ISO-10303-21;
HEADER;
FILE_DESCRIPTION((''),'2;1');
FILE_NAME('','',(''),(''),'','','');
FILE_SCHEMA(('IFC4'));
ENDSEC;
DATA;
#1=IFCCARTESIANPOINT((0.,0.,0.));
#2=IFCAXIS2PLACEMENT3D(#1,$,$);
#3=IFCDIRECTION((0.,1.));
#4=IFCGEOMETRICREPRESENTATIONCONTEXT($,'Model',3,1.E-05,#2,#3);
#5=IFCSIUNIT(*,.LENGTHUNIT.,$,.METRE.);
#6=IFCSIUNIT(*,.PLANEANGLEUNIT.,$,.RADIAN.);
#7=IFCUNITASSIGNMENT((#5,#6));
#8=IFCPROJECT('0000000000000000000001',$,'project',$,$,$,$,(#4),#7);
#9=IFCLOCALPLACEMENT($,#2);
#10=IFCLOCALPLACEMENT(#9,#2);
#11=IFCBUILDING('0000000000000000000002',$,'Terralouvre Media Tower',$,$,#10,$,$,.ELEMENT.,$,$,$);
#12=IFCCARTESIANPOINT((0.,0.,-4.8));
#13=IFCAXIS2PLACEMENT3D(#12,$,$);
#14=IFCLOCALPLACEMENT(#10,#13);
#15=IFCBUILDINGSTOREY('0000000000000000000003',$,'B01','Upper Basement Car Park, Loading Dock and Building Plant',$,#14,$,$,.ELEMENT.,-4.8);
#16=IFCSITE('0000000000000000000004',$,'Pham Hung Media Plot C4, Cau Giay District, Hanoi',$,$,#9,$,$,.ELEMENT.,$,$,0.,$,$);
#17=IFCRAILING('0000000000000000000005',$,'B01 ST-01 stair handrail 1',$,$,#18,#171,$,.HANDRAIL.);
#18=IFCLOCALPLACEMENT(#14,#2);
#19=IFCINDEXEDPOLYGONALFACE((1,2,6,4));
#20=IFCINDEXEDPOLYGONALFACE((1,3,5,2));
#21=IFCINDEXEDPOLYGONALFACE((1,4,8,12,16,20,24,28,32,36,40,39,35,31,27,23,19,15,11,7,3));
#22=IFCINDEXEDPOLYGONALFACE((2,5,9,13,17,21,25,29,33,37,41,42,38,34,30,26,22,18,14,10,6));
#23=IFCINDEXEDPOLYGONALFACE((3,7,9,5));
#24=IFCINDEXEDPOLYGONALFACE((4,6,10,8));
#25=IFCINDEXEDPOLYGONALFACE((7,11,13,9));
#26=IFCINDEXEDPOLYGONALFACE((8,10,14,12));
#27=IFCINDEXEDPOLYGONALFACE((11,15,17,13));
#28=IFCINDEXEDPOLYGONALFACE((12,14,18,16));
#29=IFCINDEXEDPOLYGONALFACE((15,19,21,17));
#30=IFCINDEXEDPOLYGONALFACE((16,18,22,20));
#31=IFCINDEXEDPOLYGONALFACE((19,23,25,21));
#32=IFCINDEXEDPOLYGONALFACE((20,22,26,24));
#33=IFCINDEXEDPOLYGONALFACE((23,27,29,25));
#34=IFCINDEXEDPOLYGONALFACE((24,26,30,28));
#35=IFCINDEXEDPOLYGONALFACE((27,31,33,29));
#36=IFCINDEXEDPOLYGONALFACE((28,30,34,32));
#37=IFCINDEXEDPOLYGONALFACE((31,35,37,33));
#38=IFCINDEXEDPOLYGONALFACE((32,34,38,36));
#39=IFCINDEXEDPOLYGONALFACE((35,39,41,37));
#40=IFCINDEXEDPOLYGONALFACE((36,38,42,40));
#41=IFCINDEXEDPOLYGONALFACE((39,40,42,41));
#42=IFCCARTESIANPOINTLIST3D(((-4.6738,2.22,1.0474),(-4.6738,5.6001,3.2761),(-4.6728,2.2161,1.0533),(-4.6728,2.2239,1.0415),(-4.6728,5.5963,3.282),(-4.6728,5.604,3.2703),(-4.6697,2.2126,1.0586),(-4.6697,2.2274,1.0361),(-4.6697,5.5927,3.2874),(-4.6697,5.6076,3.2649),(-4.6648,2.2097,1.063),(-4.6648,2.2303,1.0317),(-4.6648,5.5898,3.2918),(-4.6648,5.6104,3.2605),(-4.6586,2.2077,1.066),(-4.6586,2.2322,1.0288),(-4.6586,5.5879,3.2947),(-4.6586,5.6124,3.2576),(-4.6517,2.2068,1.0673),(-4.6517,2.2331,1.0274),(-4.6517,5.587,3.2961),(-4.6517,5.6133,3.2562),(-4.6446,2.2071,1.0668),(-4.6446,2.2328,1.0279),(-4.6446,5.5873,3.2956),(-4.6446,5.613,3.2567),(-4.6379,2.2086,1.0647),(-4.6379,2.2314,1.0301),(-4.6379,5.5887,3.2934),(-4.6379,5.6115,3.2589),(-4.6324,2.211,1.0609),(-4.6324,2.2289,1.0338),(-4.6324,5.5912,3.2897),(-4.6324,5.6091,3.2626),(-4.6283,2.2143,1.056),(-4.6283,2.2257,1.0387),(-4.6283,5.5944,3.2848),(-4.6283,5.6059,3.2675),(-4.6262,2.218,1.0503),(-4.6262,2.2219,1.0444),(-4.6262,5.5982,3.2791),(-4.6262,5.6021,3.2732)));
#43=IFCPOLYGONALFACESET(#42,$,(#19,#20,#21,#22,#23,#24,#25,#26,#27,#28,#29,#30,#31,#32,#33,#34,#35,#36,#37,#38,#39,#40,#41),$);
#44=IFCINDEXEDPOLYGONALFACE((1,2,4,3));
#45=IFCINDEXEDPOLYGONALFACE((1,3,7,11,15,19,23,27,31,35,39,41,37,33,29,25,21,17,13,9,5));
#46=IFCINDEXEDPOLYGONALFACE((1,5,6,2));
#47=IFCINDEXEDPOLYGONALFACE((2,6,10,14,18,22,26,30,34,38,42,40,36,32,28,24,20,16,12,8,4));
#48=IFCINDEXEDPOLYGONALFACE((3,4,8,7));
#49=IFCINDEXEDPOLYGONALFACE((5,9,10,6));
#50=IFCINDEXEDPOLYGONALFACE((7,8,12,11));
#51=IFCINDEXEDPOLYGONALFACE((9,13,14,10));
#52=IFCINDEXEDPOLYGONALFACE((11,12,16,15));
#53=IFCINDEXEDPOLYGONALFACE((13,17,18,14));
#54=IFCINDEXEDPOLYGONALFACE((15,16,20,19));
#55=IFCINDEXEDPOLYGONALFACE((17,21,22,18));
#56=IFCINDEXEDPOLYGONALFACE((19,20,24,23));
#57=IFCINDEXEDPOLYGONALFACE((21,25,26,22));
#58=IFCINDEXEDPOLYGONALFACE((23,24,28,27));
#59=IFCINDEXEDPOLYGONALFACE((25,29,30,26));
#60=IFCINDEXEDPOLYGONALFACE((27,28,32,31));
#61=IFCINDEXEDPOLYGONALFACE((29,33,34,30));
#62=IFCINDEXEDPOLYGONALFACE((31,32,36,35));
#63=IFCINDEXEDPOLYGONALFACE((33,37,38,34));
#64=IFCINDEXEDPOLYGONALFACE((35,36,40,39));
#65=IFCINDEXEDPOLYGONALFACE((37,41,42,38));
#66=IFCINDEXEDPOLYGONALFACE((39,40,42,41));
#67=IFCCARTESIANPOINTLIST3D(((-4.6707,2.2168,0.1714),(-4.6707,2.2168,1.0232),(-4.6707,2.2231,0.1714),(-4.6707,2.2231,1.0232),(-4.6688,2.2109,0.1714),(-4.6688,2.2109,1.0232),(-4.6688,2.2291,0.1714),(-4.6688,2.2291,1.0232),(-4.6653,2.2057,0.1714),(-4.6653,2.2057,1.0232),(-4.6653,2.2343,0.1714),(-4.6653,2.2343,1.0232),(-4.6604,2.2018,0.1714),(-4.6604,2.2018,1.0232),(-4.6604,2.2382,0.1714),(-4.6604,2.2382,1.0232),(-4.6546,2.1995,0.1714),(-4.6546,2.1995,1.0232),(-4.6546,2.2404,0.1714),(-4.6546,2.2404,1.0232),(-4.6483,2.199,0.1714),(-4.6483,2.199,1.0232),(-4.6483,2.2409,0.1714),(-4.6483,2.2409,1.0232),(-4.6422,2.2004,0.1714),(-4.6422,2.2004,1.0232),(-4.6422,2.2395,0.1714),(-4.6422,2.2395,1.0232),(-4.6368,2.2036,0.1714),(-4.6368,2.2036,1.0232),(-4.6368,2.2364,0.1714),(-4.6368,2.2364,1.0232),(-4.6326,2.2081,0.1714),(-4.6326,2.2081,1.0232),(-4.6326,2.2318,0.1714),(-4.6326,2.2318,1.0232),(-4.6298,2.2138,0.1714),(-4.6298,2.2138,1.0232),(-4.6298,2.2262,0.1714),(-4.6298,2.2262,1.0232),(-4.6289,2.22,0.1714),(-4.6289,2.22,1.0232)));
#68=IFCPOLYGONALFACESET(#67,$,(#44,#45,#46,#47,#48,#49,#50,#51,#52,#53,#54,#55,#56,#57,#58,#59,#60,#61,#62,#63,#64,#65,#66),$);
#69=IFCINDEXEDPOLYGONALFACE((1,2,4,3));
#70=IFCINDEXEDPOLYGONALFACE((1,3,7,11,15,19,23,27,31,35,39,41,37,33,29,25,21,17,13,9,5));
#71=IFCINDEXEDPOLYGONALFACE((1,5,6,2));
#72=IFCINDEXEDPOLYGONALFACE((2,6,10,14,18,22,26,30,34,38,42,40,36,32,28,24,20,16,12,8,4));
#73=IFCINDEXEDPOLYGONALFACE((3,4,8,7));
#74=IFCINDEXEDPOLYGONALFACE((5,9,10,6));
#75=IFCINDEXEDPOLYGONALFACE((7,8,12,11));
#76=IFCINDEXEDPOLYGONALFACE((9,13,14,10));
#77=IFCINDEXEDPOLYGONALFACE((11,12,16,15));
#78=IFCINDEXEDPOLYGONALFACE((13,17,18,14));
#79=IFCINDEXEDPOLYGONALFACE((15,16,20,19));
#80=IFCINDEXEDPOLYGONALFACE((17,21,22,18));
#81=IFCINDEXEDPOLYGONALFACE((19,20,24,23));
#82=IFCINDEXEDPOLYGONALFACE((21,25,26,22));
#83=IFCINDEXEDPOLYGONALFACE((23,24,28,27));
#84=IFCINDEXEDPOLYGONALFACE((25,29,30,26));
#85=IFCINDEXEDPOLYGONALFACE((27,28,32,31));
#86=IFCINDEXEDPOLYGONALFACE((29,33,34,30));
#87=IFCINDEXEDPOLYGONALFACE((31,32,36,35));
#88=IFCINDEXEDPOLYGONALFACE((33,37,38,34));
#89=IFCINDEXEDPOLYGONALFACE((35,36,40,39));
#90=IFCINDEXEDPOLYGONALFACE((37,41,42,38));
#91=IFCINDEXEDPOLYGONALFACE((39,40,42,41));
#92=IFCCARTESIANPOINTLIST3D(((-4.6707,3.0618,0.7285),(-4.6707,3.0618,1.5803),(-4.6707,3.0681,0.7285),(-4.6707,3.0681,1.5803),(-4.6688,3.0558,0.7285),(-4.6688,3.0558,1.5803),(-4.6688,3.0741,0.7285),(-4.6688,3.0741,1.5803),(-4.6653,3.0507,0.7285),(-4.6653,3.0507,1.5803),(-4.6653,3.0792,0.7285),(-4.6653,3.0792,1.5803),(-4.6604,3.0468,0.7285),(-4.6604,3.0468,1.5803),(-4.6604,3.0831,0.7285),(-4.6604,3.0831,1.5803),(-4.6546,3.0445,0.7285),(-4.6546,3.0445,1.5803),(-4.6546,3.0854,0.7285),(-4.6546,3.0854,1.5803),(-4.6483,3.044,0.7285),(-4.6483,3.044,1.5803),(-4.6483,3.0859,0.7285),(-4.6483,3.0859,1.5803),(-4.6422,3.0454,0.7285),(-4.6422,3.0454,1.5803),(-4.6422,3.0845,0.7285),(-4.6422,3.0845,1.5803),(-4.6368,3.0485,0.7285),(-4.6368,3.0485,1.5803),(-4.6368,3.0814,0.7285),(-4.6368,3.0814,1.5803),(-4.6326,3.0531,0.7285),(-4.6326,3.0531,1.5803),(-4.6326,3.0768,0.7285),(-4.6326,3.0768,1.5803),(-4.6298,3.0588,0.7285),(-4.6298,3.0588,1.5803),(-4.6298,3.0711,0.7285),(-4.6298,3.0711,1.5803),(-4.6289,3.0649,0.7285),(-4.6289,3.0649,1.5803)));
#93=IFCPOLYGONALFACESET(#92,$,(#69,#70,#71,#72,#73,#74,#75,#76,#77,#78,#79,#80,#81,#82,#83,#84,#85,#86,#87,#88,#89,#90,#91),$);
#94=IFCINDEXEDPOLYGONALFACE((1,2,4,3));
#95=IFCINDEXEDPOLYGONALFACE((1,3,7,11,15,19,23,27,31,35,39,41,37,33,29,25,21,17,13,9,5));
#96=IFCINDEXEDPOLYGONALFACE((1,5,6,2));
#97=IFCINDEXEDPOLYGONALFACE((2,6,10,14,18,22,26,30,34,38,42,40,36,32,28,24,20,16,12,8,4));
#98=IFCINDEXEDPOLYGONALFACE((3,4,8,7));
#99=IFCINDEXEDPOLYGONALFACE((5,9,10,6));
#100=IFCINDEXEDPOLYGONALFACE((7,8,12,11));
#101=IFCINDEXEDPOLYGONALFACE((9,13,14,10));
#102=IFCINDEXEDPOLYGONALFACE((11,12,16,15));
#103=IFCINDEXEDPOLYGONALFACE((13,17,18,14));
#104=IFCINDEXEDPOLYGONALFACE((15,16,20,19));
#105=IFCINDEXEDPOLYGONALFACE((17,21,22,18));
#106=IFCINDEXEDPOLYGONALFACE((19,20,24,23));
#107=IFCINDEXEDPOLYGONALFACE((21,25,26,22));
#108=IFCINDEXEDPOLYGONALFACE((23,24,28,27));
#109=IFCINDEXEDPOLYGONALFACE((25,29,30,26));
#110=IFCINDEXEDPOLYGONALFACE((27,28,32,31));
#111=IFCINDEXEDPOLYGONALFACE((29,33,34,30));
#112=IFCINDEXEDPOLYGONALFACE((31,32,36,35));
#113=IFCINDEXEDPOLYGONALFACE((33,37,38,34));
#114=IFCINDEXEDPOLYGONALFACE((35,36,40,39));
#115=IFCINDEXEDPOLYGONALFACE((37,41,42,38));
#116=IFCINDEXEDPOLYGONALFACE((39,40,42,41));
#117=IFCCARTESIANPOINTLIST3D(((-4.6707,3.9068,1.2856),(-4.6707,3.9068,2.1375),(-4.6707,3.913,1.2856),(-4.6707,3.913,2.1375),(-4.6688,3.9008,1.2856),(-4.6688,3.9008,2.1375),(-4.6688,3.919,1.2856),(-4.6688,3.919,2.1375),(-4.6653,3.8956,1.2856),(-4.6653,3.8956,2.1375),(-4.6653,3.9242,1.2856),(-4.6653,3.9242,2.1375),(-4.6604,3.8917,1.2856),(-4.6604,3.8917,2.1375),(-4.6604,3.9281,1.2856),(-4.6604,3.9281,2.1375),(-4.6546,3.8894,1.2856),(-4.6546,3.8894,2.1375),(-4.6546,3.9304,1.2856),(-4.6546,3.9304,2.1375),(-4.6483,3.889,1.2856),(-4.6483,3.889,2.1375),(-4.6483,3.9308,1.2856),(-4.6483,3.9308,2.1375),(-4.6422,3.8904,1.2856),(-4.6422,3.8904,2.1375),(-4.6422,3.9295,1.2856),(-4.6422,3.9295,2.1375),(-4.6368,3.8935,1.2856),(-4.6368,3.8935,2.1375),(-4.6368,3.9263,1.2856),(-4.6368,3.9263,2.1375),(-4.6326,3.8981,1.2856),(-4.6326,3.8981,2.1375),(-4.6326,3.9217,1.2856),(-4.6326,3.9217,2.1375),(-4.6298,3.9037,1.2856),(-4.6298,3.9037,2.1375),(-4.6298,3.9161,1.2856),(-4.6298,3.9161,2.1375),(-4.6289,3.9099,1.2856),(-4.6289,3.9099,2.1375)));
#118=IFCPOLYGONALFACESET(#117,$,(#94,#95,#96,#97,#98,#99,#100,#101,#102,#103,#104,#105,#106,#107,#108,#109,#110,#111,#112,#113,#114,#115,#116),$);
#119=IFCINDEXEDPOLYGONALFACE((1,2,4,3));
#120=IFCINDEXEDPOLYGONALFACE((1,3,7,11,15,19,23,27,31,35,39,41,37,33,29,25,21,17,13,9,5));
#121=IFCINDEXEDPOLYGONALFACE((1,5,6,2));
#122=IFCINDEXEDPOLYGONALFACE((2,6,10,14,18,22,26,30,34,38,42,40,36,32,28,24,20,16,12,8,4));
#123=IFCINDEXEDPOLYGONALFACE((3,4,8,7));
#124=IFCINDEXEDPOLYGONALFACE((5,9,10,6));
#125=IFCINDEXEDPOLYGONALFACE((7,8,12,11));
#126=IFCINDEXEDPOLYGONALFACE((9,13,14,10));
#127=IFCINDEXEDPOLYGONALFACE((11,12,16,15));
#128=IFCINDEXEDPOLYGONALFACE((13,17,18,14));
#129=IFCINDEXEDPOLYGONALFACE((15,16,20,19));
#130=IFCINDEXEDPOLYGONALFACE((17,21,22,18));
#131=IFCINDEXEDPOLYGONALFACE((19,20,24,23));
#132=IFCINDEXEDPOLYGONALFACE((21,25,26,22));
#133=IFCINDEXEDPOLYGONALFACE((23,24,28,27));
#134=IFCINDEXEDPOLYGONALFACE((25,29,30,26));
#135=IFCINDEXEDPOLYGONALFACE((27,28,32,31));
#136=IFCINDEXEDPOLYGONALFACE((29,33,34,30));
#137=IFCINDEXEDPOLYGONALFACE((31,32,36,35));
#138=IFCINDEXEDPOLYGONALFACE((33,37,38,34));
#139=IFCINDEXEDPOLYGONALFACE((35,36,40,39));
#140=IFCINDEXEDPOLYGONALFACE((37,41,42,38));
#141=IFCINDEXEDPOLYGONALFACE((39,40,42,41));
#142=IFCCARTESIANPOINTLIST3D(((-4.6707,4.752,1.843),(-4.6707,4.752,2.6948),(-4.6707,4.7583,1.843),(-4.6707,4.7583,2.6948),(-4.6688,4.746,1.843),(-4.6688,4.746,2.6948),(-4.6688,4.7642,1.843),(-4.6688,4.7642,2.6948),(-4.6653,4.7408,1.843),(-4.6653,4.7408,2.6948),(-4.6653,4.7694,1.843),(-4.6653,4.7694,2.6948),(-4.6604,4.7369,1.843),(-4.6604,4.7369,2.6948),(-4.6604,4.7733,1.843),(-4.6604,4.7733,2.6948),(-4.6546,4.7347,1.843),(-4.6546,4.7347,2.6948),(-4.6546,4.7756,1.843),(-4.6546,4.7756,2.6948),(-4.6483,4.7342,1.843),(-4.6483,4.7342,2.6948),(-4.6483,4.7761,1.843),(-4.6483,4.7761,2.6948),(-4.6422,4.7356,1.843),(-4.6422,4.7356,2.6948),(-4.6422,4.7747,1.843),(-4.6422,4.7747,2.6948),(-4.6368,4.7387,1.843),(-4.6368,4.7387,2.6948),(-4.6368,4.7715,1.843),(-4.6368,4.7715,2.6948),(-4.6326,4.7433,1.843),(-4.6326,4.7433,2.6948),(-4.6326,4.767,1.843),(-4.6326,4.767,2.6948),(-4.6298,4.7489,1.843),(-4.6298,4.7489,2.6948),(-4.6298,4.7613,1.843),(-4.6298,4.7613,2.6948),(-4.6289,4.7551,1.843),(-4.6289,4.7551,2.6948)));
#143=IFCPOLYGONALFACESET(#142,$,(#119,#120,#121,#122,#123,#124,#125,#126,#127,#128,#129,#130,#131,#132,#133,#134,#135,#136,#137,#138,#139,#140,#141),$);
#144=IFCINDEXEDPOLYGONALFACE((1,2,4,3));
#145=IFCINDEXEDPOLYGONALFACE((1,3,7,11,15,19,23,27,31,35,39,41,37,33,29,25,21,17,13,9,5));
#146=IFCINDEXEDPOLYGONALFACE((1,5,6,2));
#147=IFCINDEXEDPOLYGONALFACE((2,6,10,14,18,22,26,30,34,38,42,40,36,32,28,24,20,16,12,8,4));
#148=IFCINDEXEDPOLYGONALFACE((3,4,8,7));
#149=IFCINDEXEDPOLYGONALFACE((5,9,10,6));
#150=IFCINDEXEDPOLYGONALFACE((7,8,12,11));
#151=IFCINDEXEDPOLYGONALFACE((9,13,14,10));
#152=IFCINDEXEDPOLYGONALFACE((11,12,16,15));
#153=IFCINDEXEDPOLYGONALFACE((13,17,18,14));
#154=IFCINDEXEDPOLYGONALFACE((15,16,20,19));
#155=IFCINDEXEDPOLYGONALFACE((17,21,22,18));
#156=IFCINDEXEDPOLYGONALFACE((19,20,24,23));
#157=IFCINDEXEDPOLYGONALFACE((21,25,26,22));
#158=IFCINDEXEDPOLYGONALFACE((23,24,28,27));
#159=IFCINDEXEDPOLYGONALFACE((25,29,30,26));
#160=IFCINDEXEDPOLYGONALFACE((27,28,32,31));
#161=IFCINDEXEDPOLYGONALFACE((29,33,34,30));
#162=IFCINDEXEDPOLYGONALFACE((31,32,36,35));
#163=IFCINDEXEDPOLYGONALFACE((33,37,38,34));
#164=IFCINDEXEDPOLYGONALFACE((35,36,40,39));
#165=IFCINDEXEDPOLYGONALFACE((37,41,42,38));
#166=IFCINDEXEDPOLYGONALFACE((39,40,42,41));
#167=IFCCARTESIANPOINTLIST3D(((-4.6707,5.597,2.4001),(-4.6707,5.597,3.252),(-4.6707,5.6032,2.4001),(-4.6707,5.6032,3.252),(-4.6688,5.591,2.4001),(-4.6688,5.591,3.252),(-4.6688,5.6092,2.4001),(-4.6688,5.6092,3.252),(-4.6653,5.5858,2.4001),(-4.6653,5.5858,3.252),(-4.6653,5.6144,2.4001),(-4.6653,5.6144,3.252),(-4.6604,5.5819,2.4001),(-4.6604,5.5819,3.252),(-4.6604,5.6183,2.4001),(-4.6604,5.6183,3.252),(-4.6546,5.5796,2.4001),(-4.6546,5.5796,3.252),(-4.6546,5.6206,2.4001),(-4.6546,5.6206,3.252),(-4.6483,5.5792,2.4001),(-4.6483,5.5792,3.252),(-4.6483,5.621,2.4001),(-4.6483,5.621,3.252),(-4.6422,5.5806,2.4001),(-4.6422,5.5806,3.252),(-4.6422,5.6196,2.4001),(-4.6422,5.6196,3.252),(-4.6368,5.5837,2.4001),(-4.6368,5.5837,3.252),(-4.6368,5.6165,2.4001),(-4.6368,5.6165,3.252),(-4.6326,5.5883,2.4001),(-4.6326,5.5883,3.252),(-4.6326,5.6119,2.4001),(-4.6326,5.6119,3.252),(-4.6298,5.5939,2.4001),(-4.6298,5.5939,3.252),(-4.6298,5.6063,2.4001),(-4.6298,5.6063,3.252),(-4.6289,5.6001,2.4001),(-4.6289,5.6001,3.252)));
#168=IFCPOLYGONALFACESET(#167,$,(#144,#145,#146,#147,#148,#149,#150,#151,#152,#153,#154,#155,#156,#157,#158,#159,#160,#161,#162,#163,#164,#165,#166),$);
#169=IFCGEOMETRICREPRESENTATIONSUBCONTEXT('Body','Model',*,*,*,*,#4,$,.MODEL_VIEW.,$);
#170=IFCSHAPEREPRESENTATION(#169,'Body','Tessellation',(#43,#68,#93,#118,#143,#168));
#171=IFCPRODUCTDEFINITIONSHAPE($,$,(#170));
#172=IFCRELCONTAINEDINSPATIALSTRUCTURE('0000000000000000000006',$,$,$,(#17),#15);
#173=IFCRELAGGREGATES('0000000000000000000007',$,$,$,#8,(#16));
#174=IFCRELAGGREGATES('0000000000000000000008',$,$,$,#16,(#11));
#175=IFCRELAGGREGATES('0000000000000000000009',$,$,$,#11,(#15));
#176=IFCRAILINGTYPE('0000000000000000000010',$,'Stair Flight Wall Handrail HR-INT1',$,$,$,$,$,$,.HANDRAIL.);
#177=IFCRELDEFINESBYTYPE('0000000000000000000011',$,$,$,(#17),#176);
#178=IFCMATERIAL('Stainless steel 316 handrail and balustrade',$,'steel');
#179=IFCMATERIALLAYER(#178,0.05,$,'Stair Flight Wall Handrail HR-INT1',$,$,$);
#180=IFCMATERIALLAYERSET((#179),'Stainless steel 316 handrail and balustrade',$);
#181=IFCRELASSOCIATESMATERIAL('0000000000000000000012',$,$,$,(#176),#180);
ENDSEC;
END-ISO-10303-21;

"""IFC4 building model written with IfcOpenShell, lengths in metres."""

from ifc_helpers import new_model, si_unit, direction, frame, origin, origin_2d, place, context, subcontext, project, spatial, circle, extrude, material, layer, layer_set, type_object, element, save


model = new_model("IFC4")

# Units and contexts
model_context = context("Model", 3, precision=1e-05, world=origin(), true_north=direction((0.0, 1.0)))
body_context = subcontext(model_context, "Body", "Model", "MODEL_VIEW")
ifc_project = project(units=[si_unit("LENGTHUNIT", "METRE"), si_unit("PLANEANGLEUNIT", "RADIAN")], contexts=[model_context])

# Site, building, storey
site_placement = place(None, origin())
site = spatial("IfcSite", under=ifc_project, at=site_placement, Name="Pham Hung Media Plot C4, Cau Giay District, Hanoi", CompositionType="ELEMENT", RefElevation=0.0)
building_placement = place(site_placement, origin())
building = spatial("IfcBuilding", under=site, at=building_placement, Name="Terralouvre Media Tower", CompositionType="ELEMENT")
storey_placement = place(building_placement, frame((0.0, 0.0, -4.8)))
storey = spatial("IfcBuildingStorey", under=building, at=storey_placement, Name="B01", Description="Upper Basement Car Park, Loading Dock and Building Plant", CompositionType="ELEMENT", Elevation=-4.8)

# Railing
ifc_material_1 = material(Name="Stainless steel 316 handrail and balustrade", Category="steel")
ifc_layer_1 = layer(ifc_material_1, 0.05, Name="Stair Flight Wall Handrail HR-INT1")
ifc_layer_set_1 = layer_set([ifc_layer_1], Name="Stainless steel 316 handrail and balustrade")
railing_type_1 = type_object("IfcRailingType", Name="Stair Flight Wall Handrail HR-INT1", PredefinedType="HANDRAIL", material=ifc_layer_set_1)
railing_1_placement = place(storey_placement, frame((-4.6499, 2.22, 0.1714)))
element("IfcRailing", 1, at=railing_1_placement, inside=storey, type_object=railing_type_1, Name="B01 ST-01 stair handrail 1", PredefinedType="HANDRAIL", context=body_context, shape_type="SweptSolid", body=[
    extrude(circle(Radius=0.0239, at=origin_2d()), frame((0.0, 0.0, 0.876), z_axis=(0.0, 0.834851, 0.550477), x_axis=(-1.0, 0.0, 0.0)), (0.0, 0.0, 1.0), 4.0488),
    extrude(circle(Radius=0.021, at=origin_2d()), origin(), (0.0, 0.0, 1.0), 0.8518),
    extrude(circle(Radius=0.021, at=origin_2d()), frame((0.0, 0.845, 0.5571)), (0.0, 0.0, 1.0), 0.8518),
    extrude(circle(Radius=0.021, at=origin_2d()), frame((0.0, 1.6899, 1.1143)), (0.0, 0.0, 1.0), 0.8518),
    extrude(circle(Radius=0.021, at=origin_2d()), frame((0.0, 2.5352, 1.6716)), (0.0, 0.0, 1.0), 0.8518),
    extrude(circle(Radius=0.021, at=origin_2d()), frame((0.0, 3.3801, 2.2288)), (0.0, 0.0, 1.0), 0.8518),
])

save(model, "model.ifc")
